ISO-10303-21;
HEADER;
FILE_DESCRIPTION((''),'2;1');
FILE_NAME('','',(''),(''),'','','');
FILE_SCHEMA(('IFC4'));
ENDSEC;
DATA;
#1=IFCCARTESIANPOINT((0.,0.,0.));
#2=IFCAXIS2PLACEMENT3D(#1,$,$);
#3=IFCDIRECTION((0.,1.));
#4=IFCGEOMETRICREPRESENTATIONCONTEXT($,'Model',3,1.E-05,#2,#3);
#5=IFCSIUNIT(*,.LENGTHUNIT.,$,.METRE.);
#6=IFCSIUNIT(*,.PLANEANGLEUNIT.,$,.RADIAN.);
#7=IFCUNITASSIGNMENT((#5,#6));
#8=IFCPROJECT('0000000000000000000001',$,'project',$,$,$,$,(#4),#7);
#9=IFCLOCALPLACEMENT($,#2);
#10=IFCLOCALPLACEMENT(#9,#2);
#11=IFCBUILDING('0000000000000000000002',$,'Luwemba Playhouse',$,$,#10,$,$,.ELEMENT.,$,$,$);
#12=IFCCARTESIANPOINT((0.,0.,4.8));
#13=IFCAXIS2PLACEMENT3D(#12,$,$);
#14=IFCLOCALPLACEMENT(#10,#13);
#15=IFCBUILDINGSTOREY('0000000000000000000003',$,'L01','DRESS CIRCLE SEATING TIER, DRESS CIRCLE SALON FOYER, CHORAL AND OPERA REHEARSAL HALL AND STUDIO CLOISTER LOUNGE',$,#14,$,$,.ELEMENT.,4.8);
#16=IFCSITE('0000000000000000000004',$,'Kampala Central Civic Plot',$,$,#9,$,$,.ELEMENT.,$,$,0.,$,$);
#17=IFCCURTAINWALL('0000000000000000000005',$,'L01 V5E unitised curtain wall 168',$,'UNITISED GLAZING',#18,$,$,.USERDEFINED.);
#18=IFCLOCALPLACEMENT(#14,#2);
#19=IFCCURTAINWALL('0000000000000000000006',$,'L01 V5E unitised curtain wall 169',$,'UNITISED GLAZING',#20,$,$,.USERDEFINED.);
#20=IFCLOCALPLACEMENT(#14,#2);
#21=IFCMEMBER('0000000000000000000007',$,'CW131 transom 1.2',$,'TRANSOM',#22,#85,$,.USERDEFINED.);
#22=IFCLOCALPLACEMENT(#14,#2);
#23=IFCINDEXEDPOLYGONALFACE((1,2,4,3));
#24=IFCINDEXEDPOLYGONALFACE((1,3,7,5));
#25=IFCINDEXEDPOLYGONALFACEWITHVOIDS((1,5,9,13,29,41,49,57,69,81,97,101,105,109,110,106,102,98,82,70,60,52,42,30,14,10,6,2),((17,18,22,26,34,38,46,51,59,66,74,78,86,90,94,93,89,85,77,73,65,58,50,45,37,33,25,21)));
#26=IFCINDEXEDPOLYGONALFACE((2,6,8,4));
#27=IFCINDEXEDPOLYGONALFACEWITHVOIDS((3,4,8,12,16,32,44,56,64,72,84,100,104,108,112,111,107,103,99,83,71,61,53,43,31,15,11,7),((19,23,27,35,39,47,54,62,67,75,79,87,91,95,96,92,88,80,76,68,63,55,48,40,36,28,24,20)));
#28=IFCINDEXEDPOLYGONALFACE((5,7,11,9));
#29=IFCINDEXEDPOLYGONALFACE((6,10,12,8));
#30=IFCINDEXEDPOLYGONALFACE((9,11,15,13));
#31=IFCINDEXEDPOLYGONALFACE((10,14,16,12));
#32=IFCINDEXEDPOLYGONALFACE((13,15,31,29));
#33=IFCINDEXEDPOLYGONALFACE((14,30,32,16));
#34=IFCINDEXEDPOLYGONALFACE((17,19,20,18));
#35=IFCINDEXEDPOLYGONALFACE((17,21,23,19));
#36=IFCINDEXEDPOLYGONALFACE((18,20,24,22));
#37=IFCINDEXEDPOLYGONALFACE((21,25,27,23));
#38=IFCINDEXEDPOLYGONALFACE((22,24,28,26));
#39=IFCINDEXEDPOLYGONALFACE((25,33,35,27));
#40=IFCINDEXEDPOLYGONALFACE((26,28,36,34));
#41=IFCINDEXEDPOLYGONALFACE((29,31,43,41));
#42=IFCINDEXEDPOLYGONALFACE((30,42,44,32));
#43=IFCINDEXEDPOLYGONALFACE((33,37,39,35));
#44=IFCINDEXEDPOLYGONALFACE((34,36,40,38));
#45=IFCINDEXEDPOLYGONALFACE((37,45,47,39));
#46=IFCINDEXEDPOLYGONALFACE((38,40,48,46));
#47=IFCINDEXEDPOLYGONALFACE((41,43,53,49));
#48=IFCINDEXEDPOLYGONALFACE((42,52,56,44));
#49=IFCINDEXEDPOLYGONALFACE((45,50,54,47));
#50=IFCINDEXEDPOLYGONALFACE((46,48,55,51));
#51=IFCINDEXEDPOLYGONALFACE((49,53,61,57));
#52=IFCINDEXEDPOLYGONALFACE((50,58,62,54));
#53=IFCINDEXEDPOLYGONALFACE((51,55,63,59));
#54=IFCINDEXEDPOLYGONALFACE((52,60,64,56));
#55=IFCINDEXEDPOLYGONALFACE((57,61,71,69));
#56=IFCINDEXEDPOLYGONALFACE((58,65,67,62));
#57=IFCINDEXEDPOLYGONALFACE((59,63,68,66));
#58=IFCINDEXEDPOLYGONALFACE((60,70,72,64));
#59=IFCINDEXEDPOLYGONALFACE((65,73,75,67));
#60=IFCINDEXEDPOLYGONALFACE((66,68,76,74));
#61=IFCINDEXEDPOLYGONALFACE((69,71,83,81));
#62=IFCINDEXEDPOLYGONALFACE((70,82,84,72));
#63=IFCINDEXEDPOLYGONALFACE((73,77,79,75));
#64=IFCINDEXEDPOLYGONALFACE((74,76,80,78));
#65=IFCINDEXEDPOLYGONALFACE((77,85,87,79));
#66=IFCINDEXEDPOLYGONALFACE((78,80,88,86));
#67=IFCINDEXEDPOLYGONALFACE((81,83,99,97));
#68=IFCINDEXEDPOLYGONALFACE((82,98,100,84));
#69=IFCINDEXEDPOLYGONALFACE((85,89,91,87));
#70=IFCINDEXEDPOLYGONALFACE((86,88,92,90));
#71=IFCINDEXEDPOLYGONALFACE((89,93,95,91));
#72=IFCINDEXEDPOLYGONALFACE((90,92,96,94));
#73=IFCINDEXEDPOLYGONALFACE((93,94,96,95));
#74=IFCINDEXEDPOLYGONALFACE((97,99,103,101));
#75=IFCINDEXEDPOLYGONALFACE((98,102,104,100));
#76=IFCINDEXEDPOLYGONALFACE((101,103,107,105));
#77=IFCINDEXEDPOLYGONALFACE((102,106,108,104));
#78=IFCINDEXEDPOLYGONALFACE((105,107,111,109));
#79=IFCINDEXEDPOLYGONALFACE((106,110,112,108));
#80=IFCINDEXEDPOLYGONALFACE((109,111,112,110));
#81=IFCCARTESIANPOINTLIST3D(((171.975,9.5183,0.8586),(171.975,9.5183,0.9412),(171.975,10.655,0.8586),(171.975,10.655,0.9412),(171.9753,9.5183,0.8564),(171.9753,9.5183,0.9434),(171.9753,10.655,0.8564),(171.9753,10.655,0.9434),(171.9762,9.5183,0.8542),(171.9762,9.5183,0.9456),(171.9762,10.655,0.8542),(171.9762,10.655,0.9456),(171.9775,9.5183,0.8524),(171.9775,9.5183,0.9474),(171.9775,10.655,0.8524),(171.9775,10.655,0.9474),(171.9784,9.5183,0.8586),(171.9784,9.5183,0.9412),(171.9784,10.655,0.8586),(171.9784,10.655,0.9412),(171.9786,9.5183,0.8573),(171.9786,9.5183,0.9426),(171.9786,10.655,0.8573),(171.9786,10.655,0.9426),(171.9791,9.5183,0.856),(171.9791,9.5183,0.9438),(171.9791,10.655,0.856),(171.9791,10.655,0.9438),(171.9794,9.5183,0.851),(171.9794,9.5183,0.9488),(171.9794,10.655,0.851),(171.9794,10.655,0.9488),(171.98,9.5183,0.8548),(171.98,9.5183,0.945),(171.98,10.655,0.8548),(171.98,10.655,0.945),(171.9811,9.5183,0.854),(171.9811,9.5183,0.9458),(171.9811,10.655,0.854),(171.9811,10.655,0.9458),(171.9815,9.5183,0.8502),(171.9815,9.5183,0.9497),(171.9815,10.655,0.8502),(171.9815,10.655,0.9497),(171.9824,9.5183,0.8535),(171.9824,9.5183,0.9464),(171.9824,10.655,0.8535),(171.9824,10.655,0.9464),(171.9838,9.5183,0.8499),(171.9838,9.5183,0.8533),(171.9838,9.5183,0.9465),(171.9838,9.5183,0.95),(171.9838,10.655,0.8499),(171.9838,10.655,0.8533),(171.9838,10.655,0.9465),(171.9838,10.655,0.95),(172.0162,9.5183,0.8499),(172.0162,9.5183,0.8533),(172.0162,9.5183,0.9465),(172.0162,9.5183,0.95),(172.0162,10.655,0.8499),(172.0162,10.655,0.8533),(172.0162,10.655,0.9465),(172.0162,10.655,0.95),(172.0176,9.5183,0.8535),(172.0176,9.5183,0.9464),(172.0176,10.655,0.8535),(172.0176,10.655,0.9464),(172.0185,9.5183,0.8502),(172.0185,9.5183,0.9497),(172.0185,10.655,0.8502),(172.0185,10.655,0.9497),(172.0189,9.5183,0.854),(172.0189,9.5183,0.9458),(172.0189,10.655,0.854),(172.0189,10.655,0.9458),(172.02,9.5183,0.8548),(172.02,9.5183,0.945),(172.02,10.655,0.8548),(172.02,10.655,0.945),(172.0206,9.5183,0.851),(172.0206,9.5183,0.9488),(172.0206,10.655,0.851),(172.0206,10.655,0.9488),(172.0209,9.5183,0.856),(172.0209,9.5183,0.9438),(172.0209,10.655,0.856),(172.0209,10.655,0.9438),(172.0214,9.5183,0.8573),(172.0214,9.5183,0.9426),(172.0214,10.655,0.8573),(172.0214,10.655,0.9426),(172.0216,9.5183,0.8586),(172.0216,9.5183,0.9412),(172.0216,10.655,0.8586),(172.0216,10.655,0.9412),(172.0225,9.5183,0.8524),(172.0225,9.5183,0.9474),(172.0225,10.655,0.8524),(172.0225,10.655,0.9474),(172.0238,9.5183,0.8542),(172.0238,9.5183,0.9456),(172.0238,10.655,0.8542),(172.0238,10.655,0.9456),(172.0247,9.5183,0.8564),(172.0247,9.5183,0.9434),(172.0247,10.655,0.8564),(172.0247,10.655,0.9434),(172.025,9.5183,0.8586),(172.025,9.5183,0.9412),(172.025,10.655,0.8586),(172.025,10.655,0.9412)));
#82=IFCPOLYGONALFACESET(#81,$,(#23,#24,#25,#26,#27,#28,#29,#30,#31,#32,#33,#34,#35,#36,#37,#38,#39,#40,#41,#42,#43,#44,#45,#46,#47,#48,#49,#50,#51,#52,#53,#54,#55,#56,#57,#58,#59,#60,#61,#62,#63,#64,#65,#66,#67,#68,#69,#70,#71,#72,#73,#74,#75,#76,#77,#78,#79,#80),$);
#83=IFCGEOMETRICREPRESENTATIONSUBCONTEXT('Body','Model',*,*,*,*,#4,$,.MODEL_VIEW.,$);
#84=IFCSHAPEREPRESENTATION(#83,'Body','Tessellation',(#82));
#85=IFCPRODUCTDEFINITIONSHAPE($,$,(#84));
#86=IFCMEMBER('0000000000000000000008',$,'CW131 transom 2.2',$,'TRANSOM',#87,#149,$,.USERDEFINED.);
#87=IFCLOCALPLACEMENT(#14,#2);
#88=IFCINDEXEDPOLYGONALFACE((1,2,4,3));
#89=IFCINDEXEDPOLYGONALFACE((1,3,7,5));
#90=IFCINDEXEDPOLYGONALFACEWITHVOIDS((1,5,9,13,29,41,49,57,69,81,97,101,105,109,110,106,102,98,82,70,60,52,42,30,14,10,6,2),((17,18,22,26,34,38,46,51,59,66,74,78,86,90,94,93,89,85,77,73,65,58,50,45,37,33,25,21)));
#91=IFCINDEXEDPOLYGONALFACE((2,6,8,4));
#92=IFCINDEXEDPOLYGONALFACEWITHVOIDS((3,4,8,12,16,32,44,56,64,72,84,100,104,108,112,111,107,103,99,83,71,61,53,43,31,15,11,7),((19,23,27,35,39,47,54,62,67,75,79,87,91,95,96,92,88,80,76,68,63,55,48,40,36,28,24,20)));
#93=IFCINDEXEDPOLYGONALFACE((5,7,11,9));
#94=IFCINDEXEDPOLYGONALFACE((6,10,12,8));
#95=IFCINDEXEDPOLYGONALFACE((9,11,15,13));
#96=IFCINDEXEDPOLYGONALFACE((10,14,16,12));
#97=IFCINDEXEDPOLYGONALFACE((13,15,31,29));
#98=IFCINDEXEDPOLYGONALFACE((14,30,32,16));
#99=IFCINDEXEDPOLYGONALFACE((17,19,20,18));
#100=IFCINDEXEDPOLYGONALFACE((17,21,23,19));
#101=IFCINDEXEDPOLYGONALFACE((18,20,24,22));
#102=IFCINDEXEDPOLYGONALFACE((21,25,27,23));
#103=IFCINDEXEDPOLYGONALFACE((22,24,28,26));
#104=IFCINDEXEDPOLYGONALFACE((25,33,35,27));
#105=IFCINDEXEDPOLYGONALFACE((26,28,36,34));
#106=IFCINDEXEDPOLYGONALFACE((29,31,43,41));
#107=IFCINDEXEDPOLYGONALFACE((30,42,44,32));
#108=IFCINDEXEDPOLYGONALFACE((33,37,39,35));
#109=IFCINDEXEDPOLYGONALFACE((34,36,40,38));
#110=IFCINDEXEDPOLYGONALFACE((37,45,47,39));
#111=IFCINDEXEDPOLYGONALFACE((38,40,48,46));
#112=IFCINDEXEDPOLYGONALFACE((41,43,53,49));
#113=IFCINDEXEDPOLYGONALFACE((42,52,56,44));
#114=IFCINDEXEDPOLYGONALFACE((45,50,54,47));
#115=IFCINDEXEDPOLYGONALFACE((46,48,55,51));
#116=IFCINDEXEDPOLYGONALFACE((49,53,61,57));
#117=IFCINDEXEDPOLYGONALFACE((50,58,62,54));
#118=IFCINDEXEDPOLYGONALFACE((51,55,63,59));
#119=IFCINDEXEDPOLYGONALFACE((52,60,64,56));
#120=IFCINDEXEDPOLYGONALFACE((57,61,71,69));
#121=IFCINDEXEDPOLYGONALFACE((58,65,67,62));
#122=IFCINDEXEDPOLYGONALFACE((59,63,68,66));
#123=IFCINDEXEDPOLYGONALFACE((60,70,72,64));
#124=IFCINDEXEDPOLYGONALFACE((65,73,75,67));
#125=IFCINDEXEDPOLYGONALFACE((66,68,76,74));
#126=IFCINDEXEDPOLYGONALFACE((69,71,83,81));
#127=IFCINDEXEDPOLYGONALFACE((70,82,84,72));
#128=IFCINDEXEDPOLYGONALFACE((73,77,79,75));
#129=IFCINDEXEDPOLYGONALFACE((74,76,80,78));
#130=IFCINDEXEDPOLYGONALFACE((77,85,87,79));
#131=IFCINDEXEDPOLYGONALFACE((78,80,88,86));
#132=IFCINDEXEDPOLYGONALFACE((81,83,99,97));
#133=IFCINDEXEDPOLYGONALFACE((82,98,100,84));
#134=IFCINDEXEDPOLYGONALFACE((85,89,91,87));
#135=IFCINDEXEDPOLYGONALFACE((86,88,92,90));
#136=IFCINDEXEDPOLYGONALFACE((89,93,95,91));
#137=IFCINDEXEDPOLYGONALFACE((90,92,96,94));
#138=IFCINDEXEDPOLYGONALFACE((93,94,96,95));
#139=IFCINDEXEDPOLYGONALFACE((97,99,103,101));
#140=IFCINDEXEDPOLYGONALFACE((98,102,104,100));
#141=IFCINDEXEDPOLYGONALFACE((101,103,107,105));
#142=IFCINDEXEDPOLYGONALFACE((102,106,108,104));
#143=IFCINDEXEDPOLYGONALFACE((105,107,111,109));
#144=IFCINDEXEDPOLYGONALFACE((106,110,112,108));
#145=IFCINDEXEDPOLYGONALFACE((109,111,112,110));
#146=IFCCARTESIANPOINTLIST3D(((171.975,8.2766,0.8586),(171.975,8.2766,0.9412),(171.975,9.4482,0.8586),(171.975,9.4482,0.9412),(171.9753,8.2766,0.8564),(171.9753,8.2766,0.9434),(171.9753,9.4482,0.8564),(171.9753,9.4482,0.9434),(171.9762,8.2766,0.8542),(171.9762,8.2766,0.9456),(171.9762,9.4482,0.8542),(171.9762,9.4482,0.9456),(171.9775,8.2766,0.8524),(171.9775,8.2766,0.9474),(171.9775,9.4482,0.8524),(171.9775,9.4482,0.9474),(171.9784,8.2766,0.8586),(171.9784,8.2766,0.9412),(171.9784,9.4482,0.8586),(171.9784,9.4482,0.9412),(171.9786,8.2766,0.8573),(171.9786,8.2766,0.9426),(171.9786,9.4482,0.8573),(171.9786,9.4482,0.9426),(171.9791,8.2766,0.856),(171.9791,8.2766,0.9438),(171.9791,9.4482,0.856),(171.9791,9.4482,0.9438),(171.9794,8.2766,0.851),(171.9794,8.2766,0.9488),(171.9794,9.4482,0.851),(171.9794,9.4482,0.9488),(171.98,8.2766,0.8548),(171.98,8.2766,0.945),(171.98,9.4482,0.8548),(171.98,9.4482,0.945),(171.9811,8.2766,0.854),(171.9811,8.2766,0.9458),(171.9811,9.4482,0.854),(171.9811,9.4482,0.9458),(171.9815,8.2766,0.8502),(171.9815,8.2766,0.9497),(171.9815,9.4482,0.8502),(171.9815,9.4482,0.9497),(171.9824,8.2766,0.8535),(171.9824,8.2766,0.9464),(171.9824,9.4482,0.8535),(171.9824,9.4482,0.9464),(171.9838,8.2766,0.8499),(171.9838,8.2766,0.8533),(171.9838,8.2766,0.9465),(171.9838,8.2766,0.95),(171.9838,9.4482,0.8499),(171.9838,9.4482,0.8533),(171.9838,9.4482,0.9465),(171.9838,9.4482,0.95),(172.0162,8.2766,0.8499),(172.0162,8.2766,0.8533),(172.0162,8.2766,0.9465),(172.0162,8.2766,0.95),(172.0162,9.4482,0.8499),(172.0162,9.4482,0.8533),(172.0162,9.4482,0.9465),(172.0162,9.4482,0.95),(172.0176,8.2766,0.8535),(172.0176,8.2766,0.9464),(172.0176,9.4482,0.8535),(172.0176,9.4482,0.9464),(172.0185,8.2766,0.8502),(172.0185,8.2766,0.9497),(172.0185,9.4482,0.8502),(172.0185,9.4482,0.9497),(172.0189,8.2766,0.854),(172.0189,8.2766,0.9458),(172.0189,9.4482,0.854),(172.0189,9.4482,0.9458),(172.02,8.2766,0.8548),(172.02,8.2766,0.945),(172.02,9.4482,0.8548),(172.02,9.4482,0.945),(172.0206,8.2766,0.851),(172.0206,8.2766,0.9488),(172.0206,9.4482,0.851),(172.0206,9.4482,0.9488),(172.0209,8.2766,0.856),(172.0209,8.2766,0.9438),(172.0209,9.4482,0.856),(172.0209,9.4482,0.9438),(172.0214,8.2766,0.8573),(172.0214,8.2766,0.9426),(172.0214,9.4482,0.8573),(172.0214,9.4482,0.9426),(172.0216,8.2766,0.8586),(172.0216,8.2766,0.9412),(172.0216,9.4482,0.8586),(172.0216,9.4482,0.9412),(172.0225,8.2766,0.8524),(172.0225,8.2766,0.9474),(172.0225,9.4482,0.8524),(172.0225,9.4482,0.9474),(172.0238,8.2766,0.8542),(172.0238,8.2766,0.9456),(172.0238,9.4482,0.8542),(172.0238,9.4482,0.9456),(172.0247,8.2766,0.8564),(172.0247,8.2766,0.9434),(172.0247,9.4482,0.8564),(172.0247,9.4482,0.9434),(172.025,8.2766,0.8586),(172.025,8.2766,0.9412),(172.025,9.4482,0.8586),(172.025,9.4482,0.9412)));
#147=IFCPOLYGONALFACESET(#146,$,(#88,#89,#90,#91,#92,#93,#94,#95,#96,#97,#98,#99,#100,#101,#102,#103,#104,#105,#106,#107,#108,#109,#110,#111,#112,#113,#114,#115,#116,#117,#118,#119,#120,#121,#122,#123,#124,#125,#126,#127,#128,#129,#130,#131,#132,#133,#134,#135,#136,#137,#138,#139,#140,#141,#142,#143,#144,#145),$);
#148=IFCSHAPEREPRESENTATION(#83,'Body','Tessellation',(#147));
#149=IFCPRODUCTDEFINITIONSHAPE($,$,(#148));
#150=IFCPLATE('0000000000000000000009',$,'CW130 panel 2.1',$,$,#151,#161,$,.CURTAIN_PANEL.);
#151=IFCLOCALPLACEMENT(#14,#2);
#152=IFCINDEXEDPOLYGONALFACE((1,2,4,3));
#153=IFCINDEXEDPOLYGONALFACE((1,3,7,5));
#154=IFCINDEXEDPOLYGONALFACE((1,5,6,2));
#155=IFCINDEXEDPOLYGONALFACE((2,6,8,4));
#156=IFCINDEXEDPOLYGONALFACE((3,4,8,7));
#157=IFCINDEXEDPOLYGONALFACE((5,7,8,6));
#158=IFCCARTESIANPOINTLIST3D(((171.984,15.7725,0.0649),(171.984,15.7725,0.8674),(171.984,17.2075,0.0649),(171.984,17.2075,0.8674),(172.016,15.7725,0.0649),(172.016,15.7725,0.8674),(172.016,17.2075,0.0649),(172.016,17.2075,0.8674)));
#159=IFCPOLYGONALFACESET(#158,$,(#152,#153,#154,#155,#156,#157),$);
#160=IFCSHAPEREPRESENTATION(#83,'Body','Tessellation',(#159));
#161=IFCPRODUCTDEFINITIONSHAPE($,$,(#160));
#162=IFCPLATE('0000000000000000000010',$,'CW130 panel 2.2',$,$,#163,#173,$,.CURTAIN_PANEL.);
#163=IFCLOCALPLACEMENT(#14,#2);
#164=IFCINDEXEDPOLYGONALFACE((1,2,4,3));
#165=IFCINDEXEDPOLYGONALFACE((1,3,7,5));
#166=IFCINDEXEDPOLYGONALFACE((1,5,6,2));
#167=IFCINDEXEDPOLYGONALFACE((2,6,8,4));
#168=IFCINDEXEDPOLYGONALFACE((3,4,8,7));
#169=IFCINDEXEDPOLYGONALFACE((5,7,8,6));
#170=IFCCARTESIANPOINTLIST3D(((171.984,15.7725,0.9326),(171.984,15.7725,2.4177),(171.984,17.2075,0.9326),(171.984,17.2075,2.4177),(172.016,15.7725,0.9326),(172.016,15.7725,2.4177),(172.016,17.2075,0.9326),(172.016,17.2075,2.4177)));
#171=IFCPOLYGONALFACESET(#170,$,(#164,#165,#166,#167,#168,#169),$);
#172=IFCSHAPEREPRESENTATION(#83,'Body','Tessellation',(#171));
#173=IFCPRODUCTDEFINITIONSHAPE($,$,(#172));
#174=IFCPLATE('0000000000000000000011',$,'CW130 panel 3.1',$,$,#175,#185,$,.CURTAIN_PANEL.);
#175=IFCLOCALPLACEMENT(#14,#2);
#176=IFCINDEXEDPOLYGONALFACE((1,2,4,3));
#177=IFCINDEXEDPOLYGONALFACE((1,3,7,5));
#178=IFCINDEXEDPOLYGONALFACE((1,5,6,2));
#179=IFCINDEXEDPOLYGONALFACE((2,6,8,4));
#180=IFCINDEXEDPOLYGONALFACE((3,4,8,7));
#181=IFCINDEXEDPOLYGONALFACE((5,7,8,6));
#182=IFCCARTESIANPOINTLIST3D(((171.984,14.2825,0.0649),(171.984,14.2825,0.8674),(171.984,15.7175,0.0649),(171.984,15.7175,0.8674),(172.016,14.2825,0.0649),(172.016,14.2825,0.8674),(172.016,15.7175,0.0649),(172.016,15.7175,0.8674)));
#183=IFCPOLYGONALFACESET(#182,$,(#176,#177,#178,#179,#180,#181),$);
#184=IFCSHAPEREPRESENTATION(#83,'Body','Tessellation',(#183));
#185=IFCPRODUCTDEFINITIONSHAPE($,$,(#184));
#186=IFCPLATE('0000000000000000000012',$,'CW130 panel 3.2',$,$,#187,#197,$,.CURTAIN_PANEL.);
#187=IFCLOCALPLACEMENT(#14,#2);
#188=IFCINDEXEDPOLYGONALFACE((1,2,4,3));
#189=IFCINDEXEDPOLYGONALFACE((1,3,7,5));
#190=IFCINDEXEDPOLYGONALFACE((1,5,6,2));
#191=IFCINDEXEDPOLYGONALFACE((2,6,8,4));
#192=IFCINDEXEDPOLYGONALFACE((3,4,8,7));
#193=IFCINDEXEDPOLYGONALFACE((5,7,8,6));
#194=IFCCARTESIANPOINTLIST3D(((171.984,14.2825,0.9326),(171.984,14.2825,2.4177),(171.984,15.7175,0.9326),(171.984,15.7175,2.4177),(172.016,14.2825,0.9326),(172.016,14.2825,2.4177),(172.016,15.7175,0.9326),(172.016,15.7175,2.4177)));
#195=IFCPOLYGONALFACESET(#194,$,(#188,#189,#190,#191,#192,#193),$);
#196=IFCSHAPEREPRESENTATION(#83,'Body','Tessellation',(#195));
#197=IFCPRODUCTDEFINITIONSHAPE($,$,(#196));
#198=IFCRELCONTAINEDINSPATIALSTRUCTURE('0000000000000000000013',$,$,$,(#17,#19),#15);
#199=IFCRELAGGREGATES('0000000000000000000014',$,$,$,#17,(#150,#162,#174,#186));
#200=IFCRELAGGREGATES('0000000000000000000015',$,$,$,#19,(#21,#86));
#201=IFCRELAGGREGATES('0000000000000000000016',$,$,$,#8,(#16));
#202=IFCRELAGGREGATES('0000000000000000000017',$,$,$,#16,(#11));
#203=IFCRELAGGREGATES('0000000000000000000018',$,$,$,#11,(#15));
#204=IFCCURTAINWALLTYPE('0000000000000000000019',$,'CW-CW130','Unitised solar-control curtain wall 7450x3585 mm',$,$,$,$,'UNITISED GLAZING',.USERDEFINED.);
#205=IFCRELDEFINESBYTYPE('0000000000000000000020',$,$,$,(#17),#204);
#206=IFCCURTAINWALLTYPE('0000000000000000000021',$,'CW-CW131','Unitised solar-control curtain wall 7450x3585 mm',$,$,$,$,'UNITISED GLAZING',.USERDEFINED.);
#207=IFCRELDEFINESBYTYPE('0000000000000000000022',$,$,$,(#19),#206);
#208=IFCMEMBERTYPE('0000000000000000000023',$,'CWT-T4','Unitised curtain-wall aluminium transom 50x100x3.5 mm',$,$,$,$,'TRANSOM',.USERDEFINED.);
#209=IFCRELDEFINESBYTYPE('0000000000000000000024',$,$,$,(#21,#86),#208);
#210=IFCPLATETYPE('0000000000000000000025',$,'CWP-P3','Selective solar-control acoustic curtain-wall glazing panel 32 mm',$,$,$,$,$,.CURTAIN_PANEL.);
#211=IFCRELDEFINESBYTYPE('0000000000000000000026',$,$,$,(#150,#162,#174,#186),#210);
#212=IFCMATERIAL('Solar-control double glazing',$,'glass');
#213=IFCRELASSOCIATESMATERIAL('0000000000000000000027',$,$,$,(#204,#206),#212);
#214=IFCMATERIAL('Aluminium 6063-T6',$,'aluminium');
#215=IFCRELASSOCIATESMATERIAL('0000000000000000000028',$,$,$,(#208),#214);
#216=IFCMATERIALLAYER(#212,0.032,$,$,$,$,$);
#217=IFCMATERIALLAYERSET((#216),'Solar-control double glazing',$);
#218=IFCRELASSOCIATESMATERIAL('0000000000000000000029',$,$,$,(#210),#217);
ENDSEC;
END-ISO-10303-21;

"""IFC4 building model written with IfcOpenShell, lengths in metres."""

from ifc_helpers import new_model, si_unit, direction, frame, origin, origin_2d, place, context, subcontext, project, spatial, rectangle, hollow_rectangle, extrude, material, layer, layer_set, material_profile, profile_set, type_object, element, aggregate, save


model = new_model("IFC4")

# Units and contexts
model_context = context("Model", 3, precision=1e-05, world=origin(), true_north=direction((0.0, 1.0)))
body_context = subcontext(model_context, "Body", "Model", "MODEL_VIEW")
ifc_project = project(units=[si_unit("LENGTHUNIT", "METRE"), si_unit("PLANEANGLEUNIT", "RADIAN")], contexts=[model_context])

# Site, building, storey
site_placement = place(None, origin())
site = spatial("IfcSite", under=ifc_project, at=site_placement, Name="Kampala Central Civic Plot", CompositionType="ELEMENT", RefElevation=0.0)
building_placement = place(site_placement, origin())
building = spatial("IfcBuilding", under=site, at=building_placement, Name="Luwemba Playhouse", CompositionType="ELEMENT")
storey_placement = place(building_placement, frame((0.0, 0.0, 4.8)))
storey = spatial("IfcBuildingStorey", under=building, at=storey_placement, Name="L01", Description="DRESS CIRCLE SEATING TIER, DRESS CIRCLE SALON FOYER, CHORAL AND OPERA REHEARSAL HALL AND STUDIO CLOISTER LOUNGE", CompositionType="ELEMENT", Elevation=4.8)

# Curtain walls
ifc_material_1 = material(Name="Solar-control double glazing", Category="glass")
curtain_wall_type_1 = type_object("IfcCurtainWallType", Name="CW-CW130", Description="Unitised solar-control curtain wall 7450x3585 mm", ElementType="UNITISED GLAZING", PredefinedType="USERDEFINED", material=ifc_material_1)
curtain_wall_1_placement = place(storey_placement, origin())
curtain_wall_1 = element("IfcCurtainWall", 1, at=curtain_wall_1_placement, inside=storey, type_object=curtain_wall_type_1, Name="L01 V5E unitised curtain wall 168", ObjectType="UNITISED GLAZING", PredefinedType="USERDEFINED")
ifc_material_2 = material(Name="Aluminium 6063-T6", Category="aluminium")
curtain_wall_type_2 = type_object("IfcCurtainWallType", Name="CW-CW131", Description="Unitised solar-control curtain wall 7450x3585 mm", ElementType="UNITISED GLAZING", PredefinedType="USERDEFINED", material=ifc_material_1)
curtain_wall_2_placement = place(storey_placement, origin())
curtain_wall_2 = element("IfcCurtainWall", 2, at=curtain_wall_2_placement, inside=storey, type_object=curtain_wall_type_2, Name="L01 V5E unitised curtain wall 169", ObjectType="UNITISED GLAZING", PredefinedType="USERDEFINED")

# Members
ifc_material_profile_1 = material_profile(ifc_material_2, hollow_rectangle(XDim=0.05, YDim=0.1001, WallThickness=0.0034, InnerFilletRadius=0.0054, OuterFilletRadius=0.0088, at=origin_2d()))
ifc_profile_set_1 = profile_set([ifc_material_profile_1], Name="Aluminium 6063-T6")
member_type_1 = type_object("IfcMemberType", Name="CWT-T4", Description="Unitised curtain-wall aluminium transom 50x100x3.5 mm", ElementType="TRANSOM", PredefinedType="USERDEFINED", material=ifc_profile_set_1)
member_1_placement = place(storey_placement, frame((172.0, 10.655, 0.8999), z_axis=(0.0, -1.0, 0.0), x_axis=(1.0, 0.0, 0.0)))
member_1 = element("IfcMember", 3, at=member_1_placement, type_object=member_type_1, Name="CW131 transom 1.2", ObjectType="TRANSOM", PredefinedType="USERDEFINED", context=body_context, shape_type="SweptSolid", body=[
    extrude(hollow_rectangle(XDim=0.05, YDim=0.1001, WallThickness=0.0034, InnerFilletRadius=0.0054, OuterFilletRadius=0.0088, at=origin_2d()), origin(), (0.0, 0.0, 1.0), 1.1367),
])
member_2_placement = place(storey_placement, frame((172.0, 9.4482, 0.8999), z_axis=(0.0, -1.0, 0.0), x_axis=(1.0, 0.0, 0.0)))
member_2 = element("IfcMember", 4, at=member_2_placement, type_object=member_type_1, Name="CW131 transom 2.2", ObjectType="TRANSOM", PredefinedType="USERDEFINED", context=body_context, shape_type="SweptSolid", body=[
    extrude(hollow_rectangle(XDim=0.05, YDim=0.1001, WallThickness=0.0034, InnerFilletRadius=0.0054, OuterFilletRadius=0.0088, at=origin_2d()), origin(), (0.0, 0.0, 1.0), 1.1716),
])

# Plates
ifc_layer_1 = layer(ifc_material_1, 0.032)
ifc_layer_set_1 = layer_set([ifc_layer_1], Name="Solar-control double glazing")
plate_type_1 = type_object("IfcPlateType", Name="CWP-P3", Description="Selective solar-control acoustic curtain-wall glazing panel 32 mm", PredefinedType="CURTAIN_PANEL", material=ifc_layer_set_1)
plate_1_placement = place(storey_placement, frame((172.0, 16.49, 0.0649), z_axis=(0.0, 0.0, 1.0), x_axis=(0.0, -1.0, 0.0)))
plate_1 = element("IfcPlate", 5, at=plate_1_placement, type_object=plate_type_1, Name="CW130 panel 2.1", PredefinedType="CURTAIN_PANEL", context=body_context, shape_type="SweptSolid", body=[
    extrude(rectangle(XDim=1.4351, YDim=0.032, at=origin_2d()), origin(), (0.0, 0.0, 1.0), 0.8025),
])
plate_2_placement = place(storey_placement, frame((172.0, 16.49, 0.9326), z_axis=(0.0, 0.0, 1.0), x_axis=(0.0, -1.0, 0.0)))
plate_2 = element("IfcPlate", 6, at=plate_2_placement, type_object=plate_type_1, Name="CW130 panel 2.2", PredefinedType="CURTAIN_PANEL", context=body_context, shape_type="SweptSolid", body=[
    extrude(rectangle(XDim=1.4351, YDim=0.032, at=origin_2d()), origin(), (0.0, 0.0, 1.0), 1.4851),
])
plate_3_placement = place(storey_placement, frame((172.0, 15.0, 0.0649), z_axis=(0.0, 0.0, 1.0), x_axis=(0.0, -1.0, 0.0)))
plate_3 = element("IfcPlate", 7, at=plate_3_placement, type_object=plate_type_1, Name="CW130 panel 3.1", PredefinedType="CURTAIN_PANEL", context=body_context, shape_type="SweptSolid", body=[
    extrude(rectangle(XDim=1.4351, YDim=0.032, at=origin_2d()), origin(), (0.0, 0.0, 1.0), 0.8025),
])
plate_4_placement = place(storey_placement, frame((172.0, 15.0, 0.9326), z_axis=(0.0, 0.0, 1.0), x_axis=(0.0, -1.0, 0.0)))
plate_4 = element("IfcPlate", 8, at=plate_4_placement, type_object=plate_type_1, Name="CW130 panel 3.2", PredefinedType="CURTAIN_PANEL", context=body_context, shape_type="SweptSolid", body=[
    extrude(rectangle(XDim=1.4351, YDim=0.032, at=origin_2d()), origin(), (0.0, 0.0, 1.0), 1.4851),
])
aggregate(curtain_wall_1, [plate_1, plate_2, plate_3, plate_4])
aggregate(curtain_wall_2, [member_1, member_2])

save(model, "model.ifc")
